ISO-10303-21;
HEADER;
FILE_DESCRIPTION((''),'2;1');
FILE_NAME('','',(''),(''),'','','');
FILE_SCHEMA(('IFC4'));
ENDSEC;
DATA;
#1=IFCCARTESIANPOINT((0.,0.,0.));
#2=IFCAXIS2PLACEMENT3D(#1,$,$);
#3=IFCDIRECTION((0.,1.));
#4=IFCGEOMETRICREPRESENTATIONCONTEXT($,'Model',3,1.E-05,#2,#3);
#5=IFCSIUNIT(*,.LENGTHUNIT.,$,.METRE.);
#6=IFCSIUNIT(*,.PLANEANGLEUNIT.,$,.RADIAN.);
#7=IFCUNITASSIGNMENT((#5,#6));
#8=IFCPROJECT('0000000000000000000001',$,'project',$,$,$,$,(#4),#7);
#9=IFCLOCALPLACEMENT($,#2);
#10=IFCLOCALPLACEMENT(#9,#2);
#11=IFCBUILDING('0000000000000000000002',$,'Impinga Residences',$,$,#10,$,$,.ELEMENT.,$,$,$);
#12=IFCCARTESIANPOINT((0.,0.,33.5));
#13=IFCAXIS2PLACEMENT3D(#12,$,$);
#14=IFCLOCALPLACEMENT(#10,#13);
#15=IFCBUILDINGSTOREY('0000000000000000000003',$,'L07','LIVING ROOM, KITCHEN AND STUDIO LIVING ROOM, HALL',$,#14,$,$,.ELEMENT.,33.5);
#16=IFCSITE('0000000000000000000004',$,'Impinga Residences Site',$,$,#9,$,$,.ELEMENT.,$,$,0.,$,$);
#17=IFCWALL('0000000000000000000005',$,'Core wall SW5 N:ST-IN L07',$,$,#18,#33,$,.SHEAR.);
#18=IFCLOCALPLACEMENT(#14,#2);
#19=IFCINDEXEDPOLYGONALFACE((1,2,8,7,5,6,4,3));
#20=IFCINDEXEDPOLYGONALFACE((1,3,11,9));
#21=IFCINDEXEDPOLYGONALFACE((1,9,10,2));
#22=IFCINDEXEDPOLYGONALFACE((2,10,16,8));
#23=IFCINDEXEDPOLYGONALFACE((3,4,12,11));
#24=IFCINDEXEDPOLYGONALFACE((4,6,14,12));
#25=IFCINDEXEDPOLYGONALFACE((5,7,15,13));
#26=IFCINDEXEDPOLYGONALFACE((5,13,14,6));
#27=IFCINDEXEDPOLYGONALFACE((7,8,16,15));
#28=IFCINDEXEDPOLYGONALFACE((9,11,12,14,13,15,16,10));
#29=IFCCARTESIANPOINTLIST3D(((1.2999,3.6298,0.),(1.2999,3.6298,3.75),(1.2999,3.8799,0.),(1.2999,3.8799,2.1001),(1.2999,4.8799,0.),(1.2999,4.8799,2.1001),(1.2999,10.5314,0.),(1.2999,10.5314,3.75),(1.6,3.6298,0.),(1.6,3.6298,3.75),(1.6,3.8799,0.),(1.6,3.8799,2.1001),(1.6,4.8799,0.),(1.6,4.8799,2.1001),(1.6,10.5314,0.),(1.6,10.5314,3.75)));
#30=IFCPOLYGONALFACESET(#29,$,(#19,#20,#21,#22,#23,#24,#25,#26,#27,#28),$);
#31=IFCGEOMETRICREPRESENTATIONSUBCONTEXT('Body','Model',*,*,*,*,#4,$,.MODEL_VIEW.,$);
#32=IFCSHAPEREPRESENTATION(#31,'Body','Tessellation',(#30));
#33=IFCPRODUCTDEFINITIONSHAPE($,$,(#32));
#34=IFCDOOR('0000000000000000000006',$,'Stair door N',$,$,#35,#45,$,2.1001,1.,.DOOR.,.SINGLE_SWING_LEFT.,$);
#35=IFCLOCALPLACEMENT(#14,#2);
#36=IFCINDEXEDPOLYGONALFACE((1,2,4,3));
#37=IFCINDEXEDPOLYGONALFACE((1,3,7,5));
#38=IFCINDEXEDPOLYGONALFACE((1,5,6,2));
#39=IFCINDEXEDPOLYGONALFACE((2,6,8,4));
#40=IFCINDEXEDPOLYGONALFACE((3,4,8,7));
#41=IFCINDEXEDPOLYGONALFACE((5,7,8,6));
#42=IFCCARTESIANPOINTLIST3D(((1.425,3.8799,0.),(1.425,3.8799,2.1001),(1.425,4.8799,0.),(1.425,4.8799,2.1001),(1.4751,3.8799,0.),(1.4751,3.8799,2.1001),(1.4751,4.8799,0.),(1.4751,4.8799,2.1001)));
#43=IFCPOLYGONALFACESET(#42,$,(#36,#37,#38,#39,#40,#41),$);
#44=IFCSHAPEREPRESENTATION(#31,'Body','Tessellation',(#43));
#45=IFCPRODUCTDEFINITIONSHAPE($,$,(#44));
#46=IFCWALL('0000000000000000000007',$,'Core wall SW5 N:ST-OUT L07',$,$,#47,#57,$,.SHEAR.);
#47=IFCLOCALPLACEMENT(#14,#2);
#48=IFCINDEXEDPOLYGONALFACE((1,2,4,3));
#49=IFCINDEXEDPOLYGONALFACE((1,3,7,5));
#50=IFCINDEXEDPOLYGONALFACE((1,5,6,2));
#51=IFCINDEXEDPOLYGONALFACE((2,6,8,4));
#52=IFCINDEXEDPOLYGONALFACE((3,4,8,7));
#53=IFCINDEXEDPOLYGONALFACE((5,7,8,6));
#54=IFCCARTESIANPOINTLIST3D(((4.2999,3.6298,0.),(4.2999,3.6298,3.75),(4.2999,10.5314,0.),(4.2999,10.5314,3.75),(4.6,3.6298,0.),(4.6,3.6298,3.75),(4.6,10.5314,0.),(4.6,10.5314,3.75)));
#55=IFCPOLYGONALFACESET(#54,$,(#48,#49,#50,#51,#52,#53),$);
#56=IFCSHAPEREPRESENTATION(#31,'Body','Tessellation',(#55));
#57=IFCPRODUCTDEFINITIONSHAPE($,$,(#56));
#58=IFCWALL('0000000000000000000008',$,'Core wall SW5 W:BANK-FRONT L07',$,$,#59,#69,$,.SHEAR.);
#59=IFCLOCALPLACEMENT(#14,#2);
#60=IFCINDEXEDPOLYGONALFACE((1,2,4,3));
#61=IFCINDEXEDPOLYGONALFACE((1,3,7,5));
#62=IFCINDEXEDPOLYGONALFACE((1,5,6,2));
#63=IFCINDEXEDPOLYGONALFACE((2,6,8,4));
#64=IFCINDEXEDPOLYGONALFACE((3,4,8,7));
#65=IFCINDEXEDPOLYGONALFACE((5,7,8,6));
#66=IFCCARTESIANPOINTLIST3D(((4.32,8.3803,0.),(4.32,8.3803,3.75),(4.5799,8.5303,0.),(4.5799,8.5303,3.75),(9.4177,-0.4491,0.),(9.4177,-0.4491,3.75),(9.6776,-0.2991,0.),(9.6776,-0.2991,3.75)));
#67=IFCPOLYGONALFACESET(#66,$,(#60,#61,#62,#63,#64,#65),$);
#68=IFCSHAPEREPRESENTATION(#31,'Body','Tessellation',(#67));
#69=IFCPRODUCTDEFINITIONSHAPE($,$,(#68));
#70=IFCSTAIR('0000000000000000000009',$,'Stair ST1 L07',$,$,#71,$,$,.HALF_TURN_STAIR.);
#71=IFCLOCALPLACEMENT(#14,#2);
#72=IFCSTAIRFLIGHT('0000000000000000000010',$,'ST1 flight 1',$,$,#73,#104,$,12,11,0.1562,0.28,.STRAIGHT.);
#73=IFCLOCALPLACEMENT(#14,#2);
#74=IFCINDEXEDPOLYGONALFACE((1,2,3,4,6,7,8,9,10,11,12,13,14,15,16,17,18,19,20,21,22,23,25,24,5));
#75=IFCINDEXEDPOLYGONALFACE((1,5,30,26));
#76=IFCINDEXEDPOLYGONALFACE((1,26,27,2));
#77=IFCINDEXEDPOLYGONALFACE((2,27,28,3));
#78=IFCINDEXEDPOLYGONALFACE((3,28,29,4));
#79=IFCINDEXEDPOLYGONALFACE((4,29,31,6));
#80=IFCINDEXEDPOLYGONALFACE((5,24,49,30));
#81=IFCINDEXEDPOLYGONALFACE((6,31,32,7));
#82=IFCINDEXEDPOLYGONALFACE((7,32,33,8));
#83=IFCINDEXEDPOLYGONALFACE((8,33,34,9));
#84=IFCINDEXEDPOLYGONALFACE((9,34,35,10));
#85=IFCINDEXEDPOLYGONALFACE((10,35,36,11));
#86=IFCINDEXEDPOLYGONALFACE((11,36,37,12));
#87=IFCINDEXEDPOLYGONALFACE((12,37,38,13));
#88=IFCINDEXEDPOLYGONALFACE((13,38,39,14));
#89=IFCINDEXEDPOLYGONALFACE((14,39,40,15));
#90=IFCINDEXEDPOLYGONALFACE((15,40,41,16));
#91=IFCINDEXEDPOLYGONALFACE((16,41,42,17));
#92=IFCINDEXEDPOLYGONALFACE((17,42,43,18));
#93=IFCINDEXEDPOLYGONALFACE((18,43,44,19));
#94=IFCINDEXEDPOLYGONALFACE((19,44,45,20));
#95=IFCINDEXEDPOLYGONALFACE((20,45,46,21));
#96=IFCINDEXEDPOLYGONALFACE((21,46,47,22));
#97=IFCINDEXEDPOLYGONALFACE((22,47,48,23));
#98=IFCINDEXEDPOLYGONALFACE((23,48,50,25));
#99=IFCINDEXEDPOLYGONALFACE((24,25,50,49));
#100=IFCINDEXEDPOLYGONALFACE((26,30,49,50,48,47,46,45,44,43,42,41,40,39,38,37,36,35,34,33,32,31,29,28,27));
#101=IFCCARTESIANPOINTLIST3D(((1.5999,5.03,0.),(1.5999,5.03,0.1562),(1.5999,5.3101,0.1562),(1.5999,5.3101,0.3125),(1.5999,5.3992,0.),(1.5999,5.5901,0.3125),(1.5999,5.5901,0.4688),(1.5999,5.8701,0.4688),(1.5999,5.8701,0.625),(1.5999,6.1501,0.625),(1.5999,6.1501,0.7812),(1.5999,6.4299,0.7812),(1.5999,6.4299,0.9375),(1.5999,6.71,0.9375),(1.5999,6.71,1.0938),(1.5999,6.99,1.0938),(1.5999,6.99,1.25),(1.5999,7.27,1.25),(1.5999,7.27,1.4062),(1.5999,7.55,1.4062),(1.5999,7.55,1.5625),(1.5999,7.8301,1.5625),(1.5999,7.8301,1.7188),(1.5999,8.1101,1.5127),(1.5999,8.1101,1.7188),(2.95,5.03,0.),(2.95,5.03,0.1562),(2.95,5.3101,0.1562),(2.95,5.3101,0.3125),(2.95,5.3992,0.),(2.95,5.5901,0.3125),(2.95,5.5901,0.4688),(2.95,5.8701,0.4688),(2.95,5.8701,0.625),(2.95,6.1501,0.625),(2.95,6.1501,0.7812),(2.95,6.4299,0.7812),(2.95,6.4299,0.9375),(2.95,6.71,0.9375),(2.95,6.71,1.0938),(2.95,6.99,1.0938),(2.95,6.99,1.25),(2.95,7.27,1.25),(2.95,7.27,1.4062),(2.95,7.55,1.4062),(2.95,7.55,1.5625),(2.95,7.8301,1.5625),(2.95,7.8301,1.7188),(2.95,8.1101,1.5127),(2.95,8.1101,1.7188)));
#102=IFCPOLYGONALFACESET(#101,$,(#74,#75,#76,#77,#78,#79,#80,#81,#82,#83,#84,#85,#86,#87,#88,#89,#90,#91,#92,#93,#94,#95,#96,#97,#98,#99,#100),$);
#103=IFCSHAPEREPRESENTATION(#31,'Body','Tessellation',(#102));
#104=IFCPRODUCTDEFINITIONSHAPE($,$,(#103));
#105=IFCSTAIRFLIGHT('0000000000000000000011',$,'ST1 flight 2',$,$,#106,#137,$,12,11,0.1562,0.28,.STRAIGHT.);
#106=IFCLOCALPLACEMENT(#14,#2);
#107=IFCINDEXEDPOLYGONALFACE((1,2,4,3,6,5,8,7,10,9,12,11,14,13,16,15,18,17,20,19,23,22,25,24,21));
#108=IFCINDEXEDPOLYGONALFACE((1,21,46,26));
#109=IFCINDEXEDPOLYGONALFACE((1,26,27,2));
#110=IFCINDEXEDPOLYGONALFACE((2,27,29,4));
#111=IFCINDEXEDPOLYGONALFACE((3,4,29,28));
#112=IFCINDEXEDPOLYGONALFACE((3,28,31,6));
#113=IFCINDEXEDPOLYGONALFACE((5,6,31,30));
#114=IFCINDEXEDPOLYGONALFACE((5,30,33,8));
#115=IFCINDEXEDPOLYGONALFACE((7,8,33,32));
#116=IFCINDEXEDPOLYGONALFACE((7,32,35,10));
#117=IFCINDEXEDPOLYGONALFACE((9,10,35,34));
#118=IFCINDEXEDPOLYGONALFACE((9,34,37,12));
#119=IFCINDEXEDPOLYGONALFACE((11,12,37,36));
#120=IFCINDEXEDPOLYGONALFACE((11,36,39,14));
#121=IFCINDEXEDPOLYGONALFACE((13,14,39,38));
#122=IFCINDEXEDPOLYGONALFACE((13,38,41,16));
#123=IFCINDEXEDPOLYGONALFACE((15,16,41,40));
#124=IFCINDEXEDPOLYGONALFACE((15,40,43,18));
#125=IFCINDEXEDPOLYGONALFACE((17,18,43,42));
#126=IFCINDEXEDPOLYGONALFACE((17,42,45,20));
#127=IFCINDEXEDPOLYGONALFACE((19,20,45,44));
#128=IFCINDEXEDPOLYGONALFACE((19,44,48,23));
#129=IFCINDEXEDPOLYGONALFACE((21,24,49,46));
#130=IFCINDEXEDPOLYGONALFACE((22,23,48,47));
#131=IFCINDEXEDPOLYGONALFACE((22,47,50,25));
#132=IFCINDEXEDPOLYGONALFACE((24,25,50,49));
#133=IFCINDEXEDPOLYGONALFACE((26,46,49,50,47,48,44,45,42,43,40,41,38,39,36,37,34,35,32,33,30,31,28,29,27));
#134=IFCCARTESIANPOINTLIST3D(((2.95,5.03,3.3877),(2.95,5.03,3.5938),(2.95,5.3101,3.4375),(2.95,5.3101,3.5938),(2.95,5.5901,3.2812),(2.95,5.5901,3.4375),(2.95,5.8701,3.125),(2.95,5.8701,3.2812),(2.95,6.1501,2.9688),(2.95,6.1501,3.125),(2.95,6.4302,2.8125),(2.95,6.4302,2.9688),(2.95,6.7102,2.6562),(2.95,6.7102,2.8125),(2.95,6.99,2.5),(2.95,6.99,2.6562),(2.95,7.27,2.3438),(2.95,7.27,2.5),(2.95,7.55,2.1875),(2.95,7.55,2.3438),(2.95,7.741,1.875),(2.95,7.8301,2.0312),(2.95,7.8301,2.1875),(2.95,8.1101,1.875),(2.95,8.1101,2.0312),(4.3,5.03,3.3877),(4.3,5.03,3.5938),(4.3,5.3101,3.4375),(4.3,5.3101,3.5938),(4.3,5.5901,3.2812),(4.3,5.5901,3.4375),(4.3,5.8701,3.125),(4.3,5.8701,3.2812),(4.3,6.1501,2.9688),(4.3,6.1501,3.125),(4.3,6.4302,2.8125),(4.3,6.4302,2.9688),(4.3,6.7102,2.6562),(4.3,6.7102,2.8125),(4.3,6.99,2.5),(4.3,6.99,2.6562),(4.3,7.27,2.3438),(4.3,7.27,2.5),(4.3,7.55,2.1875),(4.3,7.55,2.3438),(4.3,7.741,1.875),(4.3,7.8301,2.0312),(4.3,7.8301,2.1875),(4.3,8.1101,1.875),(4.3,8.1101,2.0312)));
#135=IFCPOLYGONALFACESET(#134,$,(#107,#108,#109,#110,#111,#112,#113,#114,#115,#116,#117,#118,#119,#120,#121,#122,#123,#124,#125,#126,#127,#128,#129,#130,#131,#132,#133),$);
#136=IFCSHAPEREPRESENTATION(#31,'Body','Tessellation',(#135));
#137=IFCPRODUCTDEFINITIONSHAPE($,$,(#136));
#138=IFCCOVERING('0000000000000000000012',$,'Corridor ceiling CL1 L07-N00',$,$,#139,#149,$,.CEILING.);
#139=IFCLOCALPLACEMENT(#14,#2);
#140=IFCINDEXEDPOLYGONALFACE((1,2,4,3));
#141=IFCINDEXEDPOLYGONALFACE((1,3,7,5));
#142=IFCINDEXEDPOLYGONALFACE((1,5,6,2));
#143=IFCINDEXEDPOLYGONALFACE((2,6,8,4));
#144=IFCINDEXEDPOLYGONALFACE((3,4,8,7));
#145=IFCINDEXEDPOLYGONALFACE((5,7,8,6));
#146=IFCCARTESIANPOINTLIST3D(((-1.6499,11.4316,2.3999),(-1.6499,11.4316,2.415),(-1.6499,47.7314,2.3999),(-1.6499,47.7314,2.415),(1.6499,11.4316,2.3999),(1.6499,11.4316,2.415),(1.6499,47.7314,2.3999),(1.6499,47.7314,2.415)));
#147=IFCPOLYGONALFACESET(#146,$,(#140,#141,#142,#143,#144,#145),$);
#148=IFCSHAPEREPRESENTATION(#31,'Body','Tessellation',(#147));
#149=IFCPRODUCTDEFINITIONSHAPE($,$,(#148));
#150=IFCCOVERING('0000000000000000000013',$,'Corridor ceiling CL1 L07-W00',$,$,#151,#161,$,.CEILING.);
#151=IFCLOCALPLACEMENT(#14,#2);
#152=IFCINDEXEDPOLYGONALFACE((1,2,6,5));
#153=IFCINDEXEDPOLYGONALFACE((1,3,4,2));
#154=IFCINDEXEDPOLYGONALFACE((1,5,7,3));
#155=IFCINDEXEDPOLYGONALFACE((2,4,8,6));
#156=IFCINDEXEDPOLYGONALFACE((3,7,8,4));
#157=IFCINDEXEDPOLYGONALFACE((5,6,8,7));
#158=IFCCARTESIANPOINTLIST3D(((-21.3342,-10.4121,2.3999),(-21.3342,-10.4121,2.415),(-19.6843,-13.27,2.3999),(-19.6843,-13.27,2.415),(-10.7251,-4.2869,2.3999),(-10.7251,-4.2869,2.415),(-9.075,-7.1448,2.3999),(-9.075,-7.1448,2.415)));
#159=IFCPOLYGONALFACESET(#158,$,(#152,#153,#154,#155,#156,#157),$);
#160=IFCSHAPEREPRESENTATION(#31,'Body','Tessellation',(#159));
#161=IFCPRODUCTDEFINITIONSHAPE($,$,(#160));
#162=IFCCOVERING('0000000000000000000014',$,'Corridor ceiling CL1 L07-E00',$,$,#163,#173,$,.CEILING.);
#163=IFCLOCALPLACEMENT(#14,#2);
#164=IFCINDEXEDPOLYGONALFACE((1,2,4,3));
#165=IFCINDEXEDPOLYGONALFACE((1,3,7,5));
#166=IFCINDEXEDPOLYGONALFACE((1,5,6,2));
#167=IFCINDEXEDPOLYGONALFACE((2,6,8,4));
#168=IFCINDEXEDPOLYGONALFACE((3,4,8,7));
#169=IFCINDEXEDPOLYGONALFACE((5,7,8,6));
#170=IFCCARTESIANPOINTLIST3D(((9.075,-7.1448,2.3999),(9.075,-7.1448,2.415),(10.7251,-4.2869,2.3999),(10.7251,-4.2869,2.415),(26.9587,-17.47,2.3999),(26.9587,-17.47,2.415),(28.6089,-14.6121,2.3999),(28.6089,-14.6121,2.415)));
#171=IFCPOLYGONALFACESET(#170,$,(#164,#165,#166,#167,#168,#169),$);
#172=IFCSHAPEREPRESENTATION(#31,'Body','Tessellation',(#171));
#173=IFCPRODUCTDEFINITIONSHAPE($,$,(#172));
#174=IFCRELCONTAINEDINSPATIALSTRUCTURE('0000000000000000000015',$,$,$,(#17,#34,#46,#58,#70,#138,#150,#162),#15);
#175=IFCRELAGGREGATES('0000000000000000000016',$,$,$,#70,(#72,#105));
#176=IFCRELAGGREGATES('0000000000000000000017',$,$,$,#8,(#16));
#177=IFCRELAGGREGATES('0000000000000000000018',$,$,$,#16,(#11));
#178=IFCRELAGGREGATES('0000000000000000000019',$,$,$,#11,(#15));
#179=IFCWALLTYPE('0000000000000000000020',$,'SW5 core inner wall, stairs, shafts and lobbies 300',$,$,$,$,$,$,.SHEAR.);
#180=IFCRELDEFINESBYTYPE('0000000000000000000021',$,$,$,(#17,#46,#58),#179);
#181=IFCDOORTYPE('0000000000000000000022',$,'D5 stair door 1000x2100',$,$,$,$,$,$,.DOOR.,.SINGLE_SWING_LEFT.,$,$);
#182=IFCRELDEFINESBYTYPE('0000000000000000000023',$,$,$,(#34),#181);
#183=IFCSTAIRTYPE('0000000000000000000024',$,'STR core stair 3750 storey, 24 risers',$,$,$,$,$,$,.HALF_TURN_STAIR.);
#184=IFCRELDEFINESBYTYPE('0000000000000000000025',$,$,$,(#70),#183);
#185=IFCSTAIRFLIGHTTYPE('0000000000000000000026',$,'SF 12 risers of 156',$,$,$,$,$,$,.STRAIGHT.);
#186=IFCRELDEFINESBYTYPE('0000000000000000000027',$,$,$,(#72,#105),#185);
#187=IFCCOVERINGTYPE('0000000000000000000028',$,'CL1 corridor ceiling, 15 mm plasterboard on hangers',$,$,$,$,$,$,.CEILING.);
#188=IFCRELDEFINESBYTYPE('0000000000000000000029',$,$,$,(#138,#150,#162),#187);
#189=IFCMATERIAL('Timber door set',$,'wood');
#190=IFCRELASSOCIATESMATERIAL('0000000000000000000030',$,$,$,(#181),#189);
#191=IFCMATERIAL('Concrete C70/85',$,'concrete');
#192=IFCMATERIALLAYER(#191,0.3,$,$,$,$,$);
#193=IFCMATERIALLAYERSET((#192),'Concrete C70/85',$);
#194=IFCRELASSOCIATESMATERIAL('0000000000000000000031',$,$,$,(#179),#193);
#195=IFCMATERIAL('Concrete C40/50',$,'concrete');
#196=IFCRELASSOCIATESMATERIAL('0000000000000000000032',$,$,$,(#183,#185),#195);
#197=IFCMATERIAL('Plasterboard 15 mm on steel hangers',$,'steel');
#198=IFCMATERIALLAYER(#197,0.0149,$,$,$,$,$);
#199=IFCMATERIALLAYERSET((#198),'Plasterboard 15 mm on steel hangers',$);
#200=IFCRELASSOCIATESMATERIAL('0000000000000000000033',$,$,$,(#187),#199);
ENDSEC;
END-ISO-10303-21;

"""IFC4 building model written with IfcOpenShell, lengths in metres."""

from ifc_helpers import new_model, si_unit, direction, frame, frame_2d, origin, place, context, subcontext, project, spatial, polyline, rectangle, outline, extrude, material, layer, layer_set, type_object, element, fill, aggregate, save


model = new_model("IFC4")

# Units and contexts
model_context = context("Model", 3, precision=1e-05, world=origin(), true_north=direction((0.0, 1.0)))
body_context = subcontext(model_context, "Body", "Model", "MODEL_VIEW")
ifc_project = project(units=[si_unit("LENGTHUNIT", "METRE"), si_unit("PLANEANGLEUNIT", "RADIAN")], contexts=[model_context])

# Site, building, storey
site_placement = place(None, origin())
site = spatial("IfcSite", under=ifc_project, at=site_placement, Name="Impinga Residences Site", CompositionType="ELEMENT", RefElevation=0.0)
building_placement = place(site_placement, origin())
building = spatial("IfcBuilding", under=site, at=building_placement, Name="Impinga Residences", CompositionType="ELEMENT")
storey_placement = place(building_placement, frame((0.0, 0.0, 33.5)))
storey = spatial("IfcBuildingStorey", under=building, at=storey_placement, Name="L07", Description="LIVING ROOM, KITCHEN AND STUDIO LIVING ROOM, HALL", CompositionType="ELEMENT", Elevation=33.5)

# Shared definitions
ifc_material_1 = material(Name="Concrete C70/85", Category="concrete")
ifc_material_2 = material(Name="Timber door set", Category="wood")
door_type_1 = type_object("IfcDoorType", Name="D5 stair door 1000x2100", OperationType="SINGLE_SWING_LEFT", PredefinedType="DOOR", material=ifc_material_2)

# Wall, opening, door
ifc_layer_1 = layer(ifc_material_1, 0.3)
ifc_layer_set_1 = layer_set([ifc_layer_1], Name="Concrete C70/85")
wall_type_1 = type_object("IfcWallType", Name="SW5 core inner wall, stairs, shafts and lobbies 300", PredefinedType="SHEAR", material=ifc_layer_set_1)
wall_1_placement = place(storey_placement, frame((1.45, 3.6299, 0.0), z_axis=(0.0, 0.0, 1.0), x_axis=(0.0, 1.0, 0.0)))
wall_1 = element("IfcWall", 1, at=wall_1_placement, inside=storey, type_object=wall_type_1, Name="Core wall SW5 N:ST-IN L07", PredefinedType="SHEAR", context=body_context, shape_type="SweptSolid", body=[
    extrude(rectangle(XDim=6.9016, YDim=0.3, at=frame_2d((3.4507, 0.0))), origin(), (0.0, 0.0, 1.0), 3.75),
])
opening_1_placement = place(wall_1_placement, frame((0.25, 0.0, 0.0)))
opening_1 = element("IfcOpeningElement", 2, at=opening_1_placement, cuts=wall_1, PredefinedType="OPENING", context=body_context, shape_type="SweptSolid", body=[
    extrude(rectangle(XDim=1.0, YDim=2.1001, at=frame_2d((0.5, 1.05))), frame((0.0, 0.1599, 0.0), z_axis=(0.0, -1.0, 0.0), x_axis=(1.0, 0.0, 0.0)), (0.0, 0.0, 1.0), 0.3201),
])
door_1_placement = place(opening_1_placement, origin())
door_1 = element("IfcDoor", 3, at=door_1_placement, inside=storey, type_object=door_type_1, Name="Stair door N", OperationType="SINGLE_SWING_LEFT", OverallHeight=2.1001, OverallWidth=1.0, PredefinedType="DOOR", context=body_context, shape_type="SweptSolid", body=[
    extrude(rectangle(XDim=1.0, YDim=2.1001, at=frame_2d((0.5, 1.05))), frame((0.0, 0.0249, 0.0), z_axis=(0.0, -1.0, 0.0), x_axis=(1.0, 0.0, 0.0)), (0.0, 0.0, 1.0), 0.05),
])
fill(opening_1, door_1)

# Walls
wall_2_placement = place(storey_placement, frame((4.45, 3.6299, 0.0), z_axis=(0.0, 0.0, 1.0), x_axis=(0.0, 1.0, 0.0)))
element("IfcWall", 4, at=wall_2_placement, inside=storey, type_object=wall_type_1, Name="Core wall SW5 N:ST-OUT L07", PredefinedType="SHEAR", context=body_context, shape_type="SweptSolid", body=[
    extrude(rectangle(XDim=6.9016, YDim=0.3, at=frame_2d((3.4507, 0.0))), origin(), (0.0, 0.0, 1.0), 3.75),
])
wall_3_placement = place(storey_placement, frame((4.45, 8.4553, 0.0), z_axis=(0.0, 0.0, 1.0), x_axis=(0.500002, -0.866024, 0.0)))
element("IfcWall", 5, at=wall_3_placement, inside=storey, type_object=wall_type_1, Name="Core wall SW5 W:BANK-FRONT L07", PredefinedType="SHEAR", context=body_context, shape_type="SweptSolid", body=[
    extrude(rectangle(XDim=10.1953, YDim=0.3, at=frame_2d((5.0977, 0.0))), origin(), (0.0, 0.0, 1.0), 3.75),
])

# Stair, stair flights
ifc_material_3 = material(Name="Concrete C40/50", Category="concrete")
stair_type = type_object("IfcStairType", Name="STR core stair 3750 storey, 24 risers", PredefinedType="HALF_TURN_STAIR", material=ifc_material_3)
stair_placement = place(storey_placement, origin())
stair = element("IfcStair", 6, at=stair_placement, inside=storey, type_object=stair_type, Name="Stair ST1 L07", PredefinedType="HALF_TURN_STAIR")
stair_flight_type = type_object("IfcStairFlightType", Name="SF 12 risers of 156", PredefinedType="STRAIGHT", material=ifc_material_3)
stair_flight_1_placement = place(storey_placement, frame((2.2749, 5.03, 0.0), z_axis=(0.0, 0.0, 1.0), x_axis=(0.0, 1.0, 0.0)))
stair_flight_1 = element("IfcStairFlight", 7, at=stair_flight_1_placement, type_object=stair_flight_type, Name="ST1 flight 1", NumberOfRisers=12, NumberOfTreads=11, PredefinedType="STRAIGHT", RiserHeight=0.1562, TreadLength=0.28, context=body_context, shape_type="SweptSolid", body=[
    extrude(outline(polyline([(0.0, 0.0), (0.0, 0.1562), (0.28, 0.1562), (0.28, 0.3125), (0.5601, 0.3125), (0.5601, 0.4688), (0.8401, 0.4688), (0.8401, 0.625), (1.1201, 0.625), (1.1201, 0.7812), (1.3999, 0.7812), (1.3999, 0.9375), (1.6799, 0.9375), (1.6799, 1.0938), (1.96, 1.0938), (1.96, 1.25), (2.24, 1.25), (2.24, 1.4062), (2.52, 1.4062), (2.52, 1.5625), (2.8, 1.5625), (2.8, 1.7188), (3.0801, 1.7188), (3.0801, 1.875), (3.0801, 1.5127), (0.3691, 0.0), (0.0, 0.0)])), frame((0.0, 0.675, 0.0), z_axis=(0.0, -1.0, 0.0), x_axis=(1.0, 0.0, 0.0)), (0.0, 0.0, 1.0), 1.3501),
])
stair_flight_2_placement = place(storey_placement, frame((3.625, 8.1101, 1.875), z_axis=(0.0, 0.0, 1.0), x_axis=(0.0, -1.0, 0.0)))
stair_flight_2 = element("IfcStairFlight", 8, at=stair_flight_2_placement, type_object=stair_flight_type, Name="ST1 flight 2", NumberOfRisers=12, NumberOfTreads=11, PredefinedType="STRAIGHT", RiserHeight=0.1562, TreadLength=0.28, context=body_context, shape_type="SweptSolid", body=[
    extrude(outline(polyline([(0.0, 0.0), (0.0, 0.1562), (0.28, 0.1562), (0.28, 0.3125), (0.5601, 0.3125), (0.5601, 0.4688), (0.8401, 0.4688), (0.8401, 0.625), (1.1201, 0.625), (1.1201, 0.7812), (1.3999, 0.7812), (1.3999, 0.9375), (1.6799, 0.9375), (1.6799, 1.0938), (1.96, 1.0938), (1.96, 1.25), (2.24, 1.25), (2.24, 1.4062), (2.52, 1.4062), (2.52, 1.5625), (2.8, 1.5625), (2.8, 1.7188), (3.0801, 1.7188), (3.0801, 1.875), (3.0801, 1.5127), (0.3691, 0.0), (0.0, 0.0)])), frame((0.0, 0.675, 0.0), z_axis=(0.0, -1.0, 0.0), x_axis=(1.0, 0.0, 0.0)), (0.0, 0.0, 1.0), 1.3501),
])
aggregate(stair, [stair_flight_1, stair_flight_2])

# Coverings
ifc_material_4 = material(Name="Plasterboard 15 mm on steel hangers", Category="steel")
ifc_layer_2 = layer(ifc_material_4, 0.0149)
ifc_layer_set_2 = layer_set([ifc_layer_2], Name="Plasterboard 15 mm on steel hangers")
covering_type_1 = type_object("IfcCoveringType", Name="CL1 corridor ceiling, 15 mm plasterboard on hangers", PredefinedType="CEILING", material=ifc_layer_set_2)
covering_1_placement = place(storey_placement, frame((0.0, 0.0, 2.3999)))
element("IfcCovering", 9, at=covering_1_placement, inside=storey, type_object=covering_type_1, Name="Corridor ceiling CL1 L07-N00", PredefinedType="CEILING", context=body_context, shape_type="SweptSolid", body=[
    extrude(outline(polyline([(-1.6499, 11.4316), (1.6499, 11.4316), (1.6499, 47.7314), (-1.6499, 47.7314), (-1.6499, 11.4316)])), origin(), (0.0, 0.0, 1.0), 0.0151),
])
covering_2_placement = place(storey_placement, frame((0.0, 0.0, 2.3999)))
element("IfcCovering", 10, at=covering_2_placement, inside=storey, type_object=covering_type_1, Name="Corridor ceiling CL1 L07-W00", PredefinedType="CEILING", context=body_context, shape_type="SweptSolid", body=[
    extrude(outline(polyline([(-10.7251, -4.2869), (-9.075, -7.1448), (-19.6843, -13.27), (-21.3342, -10.4121), (-10.7251, -4.2869)])), origin(), (0.0, 0.0, 1.0), 0.0151),
])
covering_3_placement = place(storey_placement, frame((0.0, 0.0, 2.3999)))
element("IfcCovering", 11, at=covering_3_placement, inside=storey, type_object=covering_type_1, Name="Corridor ceiling CL1 L07-E00", PredefinedType="CEILING", context=body_context, shape_type="SweptSolid", body=[
    extrude(outline(polyline([(9.075, -7.1448), (10.7251, -4.2869), (28.6089, -14.6121), (26.9587, -17.47), (9.075, -7.1448)])), origin(), (0.0, 0.0, 1.0), 0.0151),
])

save(model, "model.ifc")
